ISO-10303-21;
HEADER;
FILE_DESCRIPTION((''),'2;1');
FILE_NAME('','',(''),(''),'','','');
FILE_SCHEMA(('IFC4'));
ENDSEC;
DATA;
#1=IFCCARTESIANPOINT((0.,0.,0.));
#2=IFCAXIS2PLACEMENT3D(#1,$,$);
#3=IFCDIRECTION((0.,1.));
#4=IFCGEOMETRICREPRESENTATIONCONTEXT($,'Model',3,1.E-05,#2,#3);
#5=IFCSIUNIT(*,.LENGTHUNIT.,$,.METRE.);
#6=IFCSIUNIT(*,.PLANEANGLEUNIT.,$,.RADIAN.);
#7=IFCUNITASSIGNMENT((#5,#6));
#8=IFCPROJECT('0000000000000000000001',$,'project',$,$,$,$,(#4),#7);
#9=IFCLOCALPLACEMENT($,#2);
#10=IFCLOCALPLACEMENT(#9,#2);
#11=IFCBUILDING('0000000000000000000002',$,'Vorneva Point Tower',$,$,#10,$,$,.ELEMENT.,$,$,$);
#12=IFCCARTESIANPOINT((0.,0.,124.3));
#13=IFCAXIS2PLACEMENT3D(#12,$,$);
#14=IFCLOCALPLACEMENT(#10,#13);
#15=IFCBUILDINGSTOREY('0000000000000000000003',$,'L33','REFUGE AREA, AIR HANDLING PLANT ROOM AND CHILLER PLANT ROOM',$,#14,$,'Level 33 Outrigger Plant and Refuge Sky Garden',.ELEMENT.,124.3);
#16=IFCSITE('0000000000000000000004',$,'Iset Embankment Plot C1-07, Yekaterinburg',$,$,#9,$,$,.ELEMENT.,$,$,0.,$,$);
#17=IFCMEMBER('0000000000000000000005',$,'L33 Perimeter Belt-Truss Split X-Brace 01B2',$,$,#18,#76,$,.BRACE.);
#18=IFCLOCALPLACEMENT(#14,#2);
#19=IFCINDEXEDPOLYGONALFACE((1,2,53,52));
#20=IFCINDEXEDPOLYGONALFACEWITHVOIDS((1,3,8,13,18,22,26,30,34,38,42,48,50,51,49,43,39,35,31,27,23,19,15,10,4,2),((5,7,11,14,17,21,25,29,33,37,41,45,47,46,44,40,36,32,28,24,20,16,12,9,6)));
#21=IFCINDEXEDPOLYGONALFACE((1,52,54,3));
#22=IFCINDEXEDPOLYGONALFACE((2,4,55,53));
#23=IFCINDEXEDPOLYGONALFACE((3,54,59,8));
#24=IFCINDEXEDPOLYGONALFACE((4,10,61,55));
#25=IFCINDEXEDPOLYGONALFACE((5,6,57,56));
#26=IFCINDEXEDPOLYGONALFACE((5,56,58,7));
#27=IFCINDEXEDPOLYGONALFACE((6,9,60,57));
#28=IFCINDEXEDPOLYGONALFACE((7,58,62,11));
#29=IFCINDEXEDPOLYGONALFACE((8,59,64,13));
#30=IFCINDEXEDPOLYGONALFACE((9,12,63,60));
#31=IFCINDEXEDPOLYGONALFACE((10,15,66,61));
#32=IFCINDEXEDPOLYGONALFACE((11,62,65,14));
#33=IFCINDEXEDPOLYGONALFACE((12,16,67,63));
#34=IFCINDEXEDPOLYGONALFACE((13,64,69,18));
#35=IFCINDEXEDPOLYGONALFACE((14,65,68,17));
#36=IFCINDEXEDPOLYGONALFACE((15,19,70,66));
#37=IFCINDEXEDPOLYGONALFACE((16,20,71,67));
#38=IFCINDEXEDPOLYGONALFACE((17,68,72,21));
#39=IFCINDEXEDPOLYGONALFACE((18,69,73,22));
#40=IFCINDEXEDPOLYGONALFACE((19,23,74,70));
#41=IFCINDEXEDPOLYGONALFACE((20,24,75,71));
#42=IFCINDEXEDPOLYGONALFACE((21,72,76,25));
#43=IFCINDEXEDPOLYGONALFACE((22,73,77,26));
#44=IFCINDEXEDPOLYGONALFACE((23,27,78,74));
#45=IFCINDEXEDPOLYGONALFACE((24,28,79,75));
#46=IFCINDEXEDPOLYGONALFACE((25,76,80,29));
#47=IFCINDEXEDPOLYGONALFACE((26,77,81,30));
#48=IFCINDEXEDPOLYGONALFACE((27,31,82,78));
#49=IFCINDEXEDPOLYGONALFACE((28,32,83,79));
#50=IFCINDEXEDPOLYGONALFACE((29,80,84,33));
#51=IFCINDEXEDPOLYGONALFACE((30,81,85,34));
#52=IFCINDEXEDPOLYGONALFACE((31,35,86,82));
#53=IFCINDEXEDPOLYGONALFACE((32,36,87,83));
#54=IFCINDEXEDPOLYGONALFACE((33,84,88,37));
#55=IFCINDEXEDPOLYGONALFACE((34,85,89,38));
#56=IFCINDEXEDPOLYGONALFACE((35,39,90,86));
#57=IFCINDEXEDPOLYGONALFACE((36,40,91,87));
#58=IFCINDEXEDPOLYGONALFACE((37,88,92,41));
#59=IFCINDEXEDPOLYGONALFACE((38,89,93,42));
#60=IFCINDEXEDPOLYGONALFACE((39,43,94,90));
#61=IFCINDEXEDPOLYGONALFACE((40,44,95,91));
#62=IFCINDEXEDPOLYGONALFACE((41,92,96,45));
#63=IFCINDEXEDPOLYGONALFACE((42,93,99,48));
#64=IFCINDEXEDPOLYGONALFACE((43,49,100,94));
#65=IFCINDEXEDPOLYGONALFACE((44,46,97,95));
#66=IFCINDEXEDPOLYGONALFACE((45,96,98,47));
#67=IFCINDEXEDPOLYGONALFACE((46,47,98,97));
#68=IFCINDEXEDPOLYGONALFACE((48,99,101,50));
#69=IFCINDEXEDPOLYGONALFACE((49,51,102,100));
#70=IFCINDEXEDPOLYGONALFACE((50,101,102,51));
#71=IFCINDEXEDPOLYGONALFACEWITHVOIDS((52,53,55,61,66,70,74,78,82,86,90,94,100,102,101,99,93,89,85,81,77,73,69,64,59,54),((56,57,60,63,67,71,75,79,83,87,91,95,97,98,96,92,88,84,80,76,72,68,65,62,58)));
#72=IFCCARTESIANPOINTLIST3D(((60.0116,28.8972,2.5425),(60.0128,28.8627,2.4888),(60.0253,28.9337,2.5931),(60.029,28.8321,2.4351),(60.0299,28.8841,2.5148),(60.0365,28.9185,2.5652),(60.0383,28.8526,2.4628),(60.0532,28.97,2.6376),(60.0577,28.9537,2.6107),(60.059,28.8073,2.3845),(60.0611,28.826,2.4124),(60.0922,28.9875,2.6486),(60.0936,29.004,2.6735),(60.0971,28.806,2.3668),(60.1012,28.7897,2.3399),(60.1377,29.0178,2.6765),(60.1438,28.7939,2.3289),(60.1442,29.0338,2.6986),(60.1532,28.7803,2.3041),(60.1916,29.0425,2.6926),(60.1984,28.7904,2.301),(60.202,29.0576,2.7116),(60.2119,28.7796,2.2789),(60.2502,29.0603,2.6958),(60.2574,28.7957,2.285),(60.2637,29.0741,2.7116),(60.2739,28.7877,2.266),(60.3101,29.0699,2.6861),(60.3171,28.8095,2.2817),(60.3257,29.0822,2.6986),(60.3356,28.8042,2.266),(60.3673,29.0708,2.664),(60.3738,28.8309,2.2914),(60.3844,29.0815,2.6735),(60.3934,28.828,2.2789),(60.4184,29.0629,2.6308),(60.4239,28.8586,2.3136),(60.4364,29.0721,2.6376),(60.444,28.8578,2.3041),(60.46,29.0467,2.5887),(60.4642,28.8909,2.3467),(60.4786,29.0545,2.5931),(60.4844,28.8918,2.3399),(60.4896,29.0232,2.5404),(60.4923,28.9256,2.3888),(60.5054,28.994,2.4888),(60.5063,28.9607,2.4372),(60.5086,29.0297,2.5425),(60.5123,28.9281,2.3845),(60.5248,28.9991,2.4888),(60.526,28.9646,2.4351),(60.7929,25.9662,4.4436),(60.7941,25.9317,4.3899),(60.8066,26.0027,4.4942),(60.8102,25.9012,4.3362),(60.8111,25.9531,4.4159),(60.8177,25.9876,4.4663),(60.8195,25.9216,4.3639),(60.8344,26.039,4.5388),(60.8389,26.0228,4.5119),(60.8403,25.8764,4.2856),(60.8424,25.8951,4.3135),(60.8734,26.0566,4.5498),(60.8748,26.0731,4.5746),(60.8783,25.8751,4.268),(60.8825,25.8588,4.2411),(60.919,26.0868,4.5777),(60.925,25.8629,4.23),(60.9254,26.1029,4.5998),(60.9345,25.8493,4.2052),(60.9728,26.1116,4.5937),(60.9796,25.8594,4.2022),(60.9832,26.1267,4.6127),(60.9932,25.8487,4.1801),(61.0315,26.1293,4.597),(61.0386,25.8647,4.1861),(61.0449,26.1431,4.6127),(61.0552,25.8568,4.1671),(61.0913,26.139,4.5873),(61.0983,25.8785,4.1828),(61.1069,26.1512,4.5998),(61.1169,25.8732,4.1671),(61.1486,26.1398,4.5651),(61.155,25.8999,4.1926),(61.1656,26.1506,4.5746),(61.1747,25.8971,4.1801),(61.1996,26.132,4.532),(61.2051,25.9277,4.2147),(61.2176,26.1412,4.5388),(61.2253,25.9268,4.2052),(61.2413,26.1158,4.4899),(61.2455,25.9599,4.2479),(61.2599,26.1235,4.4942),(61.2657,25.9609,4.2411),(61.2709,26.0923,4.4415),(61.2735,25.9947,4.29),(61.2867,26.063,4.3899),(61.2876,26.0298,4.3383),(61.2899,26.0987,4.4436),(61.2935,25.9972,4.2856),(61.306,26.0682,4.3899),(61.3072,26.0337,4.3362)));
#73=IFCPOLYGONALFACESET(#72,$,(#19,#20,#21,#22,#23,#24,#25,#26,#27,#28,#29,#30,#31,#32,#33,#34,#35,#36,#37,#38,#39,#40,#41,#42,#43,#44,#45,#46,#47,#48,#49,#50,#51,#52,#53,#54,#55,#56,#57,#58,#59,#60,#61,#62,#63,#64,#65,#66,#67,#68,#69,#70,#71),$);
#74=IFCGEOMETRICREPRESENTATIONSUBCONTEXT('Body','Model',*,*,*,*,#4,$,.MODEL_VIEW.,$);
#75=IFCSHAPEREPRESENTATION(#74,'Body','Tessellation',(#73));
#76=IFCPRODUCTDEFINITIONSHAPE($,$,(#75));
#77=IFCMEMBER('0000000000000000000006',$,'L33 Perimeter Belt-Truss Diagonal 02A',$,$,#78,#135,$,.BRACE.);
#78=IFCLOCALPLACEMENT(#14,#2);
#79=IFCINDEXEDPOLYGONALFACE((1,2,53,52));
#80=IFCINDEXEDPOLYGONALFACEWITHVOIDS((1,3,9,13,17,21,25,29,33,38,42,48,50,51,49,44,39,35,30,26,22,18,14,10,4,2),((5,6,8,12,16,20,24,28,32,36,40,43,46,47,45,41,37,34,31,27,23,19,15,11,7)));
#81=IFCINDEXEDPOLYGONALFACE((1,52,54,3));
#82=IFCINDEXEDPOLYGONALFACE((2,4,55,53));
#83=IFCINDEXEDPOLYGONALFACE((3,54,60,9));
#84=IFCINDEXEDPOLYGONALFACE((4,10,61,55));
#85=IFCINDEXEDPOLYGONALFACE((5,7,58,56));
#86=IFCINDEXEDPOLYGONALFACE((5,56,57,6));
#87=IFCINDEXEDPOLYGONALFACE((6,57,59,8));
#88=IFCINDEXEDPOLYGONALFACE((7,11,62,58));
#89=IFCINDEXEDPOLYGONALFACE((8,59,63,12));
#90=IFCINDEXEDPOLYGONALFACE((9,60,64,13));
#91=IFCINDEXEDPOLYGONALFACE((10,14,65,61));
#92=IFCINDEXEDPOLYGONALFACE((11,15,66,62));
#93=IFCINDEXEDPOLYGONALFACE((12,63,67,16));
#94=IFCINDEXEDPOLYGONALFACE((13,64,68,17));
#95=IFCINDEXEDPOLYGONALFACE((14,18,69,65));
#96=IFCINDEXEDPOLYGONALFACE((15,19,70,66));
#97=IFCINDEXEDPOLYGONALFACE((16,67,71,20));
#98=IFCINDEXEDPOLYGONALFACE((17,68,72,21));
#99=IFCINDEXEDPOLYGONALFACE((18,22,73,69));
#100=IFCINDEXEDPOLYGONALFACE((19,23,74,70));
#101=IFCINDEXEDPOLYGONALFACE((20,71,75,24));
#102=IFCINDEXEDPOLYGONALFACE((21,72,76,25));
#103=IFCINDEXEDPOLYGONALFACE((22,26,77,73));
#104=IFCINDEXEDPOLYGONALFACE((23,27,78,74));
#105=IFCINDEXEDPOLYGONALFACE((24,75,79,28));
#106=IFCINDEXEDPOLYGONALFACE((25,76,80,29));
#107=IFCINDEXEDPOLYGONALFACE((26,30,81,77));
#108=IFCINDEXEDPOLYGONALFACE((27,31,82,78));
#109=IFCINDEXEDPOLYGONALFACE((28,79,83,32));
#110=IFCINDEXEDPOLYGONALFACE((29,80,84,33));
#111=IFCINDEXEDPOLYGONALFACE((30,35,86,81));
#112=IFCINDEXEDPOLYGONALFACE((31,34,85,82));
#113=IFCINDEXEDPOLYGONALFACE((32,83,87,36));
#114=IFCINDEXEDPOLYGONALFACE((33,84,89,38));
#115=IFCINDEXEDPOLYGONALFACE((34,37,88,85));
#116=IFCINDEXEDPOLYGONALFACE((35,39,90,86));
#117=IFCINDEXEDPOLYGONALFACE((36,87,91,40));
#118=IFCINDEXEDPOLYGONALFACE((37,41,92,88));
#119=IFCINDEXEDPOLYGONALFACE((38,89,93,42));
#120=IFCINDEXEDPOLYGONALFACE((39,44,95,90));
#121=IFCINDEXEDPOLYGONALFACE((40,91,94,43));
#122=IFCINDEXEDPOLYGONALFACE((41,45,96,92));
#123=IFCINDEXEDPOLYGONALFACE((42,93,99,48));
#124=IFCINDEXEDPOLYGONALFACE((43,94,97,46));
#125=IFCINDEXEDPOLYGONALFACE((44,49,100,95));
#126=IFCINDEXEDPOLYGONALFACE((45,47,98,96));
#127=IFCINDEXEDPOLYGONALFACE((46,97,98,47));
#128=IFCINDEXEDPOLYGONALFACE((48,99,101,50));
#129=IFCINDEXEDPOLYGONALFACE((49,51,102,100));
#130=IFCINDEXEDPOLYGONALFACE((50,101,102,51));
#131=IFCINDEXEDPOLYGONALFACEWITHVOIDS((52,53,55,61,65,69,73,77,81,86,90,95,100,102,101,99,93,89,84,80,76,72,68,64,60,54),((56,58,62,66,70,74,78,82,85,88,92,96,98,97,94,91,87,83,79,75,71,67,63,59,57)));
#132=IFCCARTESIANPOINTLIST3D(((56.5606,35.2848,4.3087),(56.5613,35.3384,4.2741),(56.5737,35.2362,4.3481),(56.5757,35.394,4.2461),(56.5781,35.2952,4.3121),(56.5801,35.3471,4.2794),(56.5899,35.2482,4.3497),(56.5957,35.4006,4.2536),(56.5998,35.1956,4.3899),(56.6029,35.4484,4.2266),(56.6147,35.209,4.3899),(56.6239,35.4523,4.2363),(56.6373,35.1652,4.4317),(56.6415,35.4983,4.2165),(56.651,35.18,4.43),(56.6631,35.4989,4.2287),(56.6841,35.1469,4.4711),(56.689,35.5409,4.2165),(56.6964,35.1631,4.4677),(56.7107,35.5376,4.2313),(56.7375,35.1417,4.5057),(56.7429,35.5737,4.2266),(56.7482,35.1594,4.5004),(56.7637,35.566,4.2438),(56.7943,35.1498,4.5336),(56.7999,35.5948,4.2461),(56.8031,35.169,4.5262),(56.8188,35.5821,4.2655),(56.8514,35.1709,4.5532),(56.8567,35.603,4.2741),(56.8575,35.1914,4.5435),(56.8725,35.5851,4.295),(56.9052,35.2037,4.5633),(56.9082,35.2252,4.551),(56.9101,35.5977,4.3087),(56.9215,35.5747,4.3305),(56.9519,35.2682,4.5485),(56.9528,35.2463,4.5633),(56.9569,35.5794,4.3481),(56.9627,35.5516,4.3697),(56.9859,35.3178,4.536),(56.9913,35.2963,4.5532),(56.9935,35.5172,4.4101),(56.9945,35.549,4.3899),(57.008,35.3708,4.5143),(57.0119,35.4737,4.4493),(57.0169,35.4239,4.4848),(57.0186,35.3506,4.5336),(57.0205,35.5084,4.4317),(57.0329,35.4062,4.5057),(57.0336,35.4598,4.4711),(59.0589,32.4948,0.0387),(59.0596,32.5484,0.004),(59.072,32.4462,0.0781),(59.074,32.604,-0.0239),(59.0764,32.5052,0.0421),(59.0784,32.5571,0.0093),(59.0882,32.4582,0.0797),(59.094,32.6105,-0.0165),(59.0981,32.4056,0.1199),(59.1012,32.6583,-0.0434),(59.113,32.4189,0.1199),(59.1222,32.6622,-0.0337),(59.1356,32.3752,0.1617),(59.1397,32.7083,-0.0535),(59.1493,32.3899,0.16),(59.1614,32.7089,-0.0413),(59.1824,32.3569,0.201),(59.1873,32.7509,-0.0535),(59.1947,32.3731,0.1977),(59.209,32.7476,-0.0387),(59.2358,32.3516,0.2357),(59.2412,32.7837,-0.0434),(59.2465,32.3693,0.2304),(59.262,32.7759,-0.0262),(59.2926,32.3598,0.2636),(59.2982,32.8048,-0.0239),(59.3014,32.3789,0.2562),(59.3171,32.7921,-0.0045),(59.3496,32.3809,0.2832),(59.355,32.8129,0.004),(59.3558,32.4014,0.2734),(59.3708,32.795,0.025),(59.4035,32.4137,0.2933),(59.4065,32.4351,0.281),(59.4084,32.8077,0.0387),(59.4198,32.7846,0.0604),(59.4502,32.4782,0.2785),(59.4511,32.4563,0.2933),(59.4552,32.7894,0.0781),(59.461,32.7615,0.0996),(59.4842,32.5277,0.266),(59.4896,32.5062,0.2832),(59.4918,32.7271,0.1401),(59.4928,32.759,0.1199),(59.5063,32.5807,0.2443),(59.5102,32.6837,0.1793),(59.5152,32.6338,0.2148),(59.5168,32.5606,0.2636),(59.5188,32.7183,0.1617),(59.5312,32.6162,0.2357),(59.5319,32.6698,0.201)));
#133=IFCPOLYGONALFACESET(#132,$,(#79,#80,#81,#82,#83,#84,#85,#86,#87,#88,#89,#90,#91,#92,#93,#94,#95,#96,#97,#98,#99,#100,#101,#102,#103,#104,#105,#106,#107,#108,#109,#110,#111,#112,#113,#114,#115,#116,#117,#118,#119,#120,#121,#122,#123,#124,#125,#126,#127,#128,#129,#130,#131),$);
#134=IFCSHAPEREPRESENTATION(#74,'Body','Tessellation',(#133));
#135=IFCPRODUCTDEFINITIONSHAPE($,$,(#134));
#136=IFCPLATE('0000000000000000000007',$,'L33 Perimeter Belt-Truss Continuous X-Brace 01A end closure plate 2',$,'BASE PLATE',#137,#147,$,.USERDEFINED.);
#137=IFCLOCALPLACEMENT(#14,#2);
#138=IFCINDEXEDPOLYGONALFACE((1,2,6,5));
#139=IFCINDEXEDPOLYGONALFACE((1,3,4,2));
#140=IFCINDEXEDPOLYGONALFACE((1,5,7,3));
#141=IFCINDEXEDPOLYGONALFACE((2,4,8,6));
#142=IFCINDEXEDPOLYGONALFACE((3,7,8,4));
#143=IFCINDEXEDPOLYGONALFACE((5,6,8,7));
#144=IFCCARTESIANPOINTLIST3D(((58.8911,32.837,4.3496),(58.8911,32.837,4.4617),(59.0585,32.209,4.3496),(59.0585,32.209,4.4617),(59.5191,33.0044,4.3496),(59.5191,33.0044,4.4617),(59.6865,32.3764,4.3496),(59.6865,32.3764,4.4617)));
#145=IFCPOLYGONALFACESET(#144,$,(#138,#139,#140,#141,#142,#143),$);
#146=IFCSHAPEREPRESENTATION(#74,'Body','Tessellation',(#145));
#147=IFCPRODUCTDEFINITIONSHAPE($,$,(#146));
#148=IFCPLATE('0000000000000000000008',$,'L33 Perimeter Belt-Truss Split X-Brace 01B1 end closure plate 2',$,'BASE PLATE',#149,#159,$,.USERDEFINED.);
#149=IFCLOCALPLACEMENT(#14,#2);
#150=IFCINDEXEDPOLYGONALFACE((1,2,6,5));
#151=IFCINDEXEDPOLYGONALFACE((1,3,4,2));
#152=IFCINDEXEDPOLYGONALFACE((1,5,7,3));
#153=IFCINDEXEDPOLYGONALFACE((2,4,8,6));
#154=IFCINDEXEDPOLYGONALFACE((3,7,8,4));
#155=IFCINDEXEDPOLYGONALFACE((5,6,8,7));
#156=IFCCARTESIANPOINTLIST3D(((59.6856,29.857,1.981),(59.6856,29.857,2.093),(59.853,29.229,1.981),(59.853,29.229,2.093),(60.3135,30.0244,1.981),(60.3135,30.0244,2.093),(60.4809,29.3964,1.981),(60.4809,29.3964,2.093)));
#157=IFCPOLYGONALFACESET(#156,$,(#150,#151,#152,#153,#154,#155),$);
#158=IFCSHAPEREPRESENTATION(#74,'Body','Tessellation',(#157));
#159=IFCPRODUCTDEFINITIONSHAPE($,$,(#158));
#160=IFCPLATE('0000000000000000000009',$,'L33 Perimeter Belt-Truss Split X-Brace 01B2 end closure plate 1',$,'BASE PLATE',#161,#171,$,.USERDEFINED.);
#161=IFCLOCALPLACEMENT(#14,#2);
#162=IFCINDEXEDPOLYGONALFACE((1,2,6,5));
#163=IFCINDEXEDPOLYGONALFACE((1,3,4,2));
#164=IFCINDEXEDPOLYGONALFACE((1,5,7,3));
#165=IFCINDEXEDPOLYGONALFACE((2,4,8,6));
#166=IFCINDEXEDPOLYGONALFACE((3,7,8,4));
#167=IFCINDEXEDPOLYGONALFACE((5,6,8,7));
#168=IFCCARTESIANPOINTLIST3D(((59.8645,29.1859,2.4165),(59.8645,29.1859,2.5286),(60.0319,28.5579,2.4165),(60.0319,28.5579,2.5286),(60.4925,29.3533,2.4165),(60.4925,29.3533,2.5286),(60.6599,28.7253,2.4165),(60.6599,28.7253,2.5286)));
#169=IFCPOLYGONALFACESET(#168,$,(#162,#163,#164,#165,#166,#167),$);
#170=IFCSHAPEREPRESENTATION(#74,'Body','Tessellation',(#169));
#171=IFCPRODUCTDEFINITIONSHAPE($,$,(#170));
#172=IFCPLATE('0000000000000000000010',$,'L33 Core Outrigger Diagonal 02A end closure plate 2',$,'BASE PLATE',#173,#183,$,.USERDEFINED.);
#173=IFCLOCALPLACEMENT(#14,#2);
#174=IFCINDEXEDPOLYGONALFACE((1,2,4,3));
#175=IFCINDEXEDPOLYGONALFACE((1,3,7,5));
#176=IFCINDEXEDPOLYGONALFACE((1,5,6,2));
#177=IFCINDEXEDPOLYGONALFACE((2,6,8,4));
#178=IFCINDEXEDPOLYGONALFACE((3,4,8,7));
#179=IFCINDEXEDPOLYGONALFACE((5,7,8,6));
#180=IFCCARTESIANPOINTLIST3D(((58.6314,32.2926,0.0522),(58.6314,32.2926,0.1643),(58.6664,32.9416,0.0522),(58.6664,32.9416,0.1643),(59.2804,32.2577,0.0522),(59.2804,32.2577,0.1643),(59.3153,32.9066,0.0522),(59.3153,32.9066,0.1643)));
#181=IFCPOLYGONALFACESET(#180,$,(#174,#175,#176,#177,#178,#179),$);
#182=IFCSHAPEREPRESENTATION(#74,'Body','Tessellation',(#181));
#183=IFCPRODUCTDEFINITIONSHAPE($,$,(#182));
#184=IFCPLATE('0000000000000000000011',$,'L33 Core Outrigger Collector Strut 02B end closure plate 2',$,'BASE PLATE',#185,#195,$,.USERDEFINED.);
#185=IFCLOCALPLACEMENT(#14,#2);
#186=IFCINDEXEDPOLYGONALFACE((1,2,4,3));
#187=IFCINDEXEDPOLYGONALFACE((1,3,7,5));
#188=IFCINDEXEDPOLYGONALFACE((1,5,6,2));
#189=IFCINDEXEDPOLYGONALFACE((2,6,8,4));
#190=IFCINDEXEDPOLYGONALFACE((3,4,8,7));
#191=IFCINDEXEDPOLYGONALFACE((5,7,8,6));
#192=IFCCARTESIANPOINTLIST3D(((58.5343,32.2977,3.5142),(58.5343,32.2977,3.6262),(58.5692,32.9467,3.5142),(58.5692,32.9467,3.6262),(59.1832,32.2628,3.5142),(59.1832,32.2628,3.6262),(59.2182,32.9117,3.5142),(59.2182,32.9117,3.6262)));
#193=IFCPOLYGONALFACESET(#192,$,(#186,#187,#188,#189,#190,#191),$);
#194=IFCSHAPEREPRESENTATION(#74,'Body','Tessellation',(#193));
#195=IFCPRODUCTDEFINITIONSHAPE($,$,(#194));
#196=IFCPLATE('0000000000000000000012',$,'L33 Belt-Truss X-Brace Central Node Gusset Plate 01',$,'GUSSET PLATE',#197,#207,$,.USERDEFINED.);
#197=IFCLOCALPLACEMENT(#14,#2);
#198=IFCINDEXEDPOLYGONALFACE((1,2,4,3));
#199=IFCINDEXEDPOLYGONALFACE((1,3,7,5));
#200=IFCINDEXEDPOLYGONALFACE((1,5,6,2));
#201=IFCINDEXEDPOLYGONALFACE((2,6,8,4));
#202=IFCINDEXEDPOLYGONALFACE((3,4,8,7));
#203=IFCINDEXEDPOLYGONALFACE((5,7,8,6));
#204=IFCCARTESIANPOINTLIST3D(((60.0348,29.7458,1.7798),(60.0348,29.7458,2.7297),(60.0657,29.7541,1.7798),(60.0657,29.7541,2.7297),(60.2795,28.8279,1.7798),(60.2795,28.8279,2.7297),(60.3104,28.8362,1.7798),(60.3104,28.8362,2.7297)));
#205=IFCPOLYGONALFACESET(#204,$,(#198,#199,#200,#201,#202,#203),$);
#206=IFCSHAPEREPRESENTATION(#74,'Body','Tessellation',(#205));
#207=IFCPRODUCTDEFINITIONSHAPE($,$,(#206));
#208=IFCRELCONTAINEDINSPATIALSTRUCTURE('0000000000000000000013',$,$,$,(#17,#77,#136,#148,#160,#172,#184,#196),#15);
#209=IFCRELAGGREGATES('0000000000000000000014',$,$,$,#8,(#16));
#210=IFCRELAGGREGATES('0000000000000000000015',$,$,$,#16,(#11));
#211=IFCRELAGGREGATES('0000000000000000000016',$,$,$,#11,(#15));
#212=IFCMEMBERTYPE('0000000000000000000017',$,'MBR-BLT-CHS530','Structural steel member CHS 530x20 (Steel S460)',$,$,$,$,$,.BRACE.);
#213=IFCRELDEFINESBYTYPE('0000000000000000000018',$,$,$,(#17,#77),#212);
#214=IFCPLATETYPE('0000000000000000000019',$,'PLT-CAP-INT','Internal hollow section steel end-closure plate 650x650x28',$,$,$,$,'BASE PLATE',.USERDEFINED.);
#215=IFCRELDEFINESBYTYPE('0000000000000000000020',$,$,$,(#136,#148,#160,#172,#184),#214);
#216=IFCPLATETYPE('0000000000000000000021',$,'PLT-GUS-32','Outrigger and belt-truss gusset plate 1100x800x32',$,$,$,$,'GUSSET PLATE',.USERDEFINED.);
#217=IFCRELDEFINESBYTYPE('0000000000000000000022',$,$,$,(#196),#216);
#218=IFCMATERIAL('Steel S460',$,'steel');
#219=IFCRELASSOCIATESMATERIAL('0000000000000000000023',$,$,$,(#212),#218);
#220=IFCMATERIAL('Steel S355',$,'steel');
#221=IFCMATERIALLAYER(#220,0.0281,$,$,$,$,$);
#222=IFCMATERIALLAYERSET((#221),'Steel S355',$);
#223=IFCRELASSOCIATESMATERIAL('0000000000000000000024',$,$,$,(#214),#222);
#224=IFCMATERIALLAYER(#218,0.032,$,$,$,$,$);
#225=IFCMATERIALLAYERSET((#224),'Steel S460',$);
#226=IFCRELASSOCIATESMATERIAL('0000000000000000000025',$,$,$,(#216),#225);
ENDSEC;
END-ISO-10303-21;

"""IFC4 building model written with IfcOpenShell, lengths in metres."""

from ifc_helpers import new_model, si_unit, direction, frame, origin, origin_2d, place, context, subcontext, project, spatial, rectangle, hollow_circle, extrude, material, layer, layer_set, material_profile, profile_set, type_object, element, save


model = new_model("IFC4")

# Units and contexts
model_context = context("Model", 3, precision=1e-05, world=origin(), true_north=direction((0.0, 1.0)))
body_context = subcontext(model_context, "Body", "Model", "MODEL_VIEW")
ifc_project = project(units=[si_unit("LENGTHUNIT", "METRE"), si_unit("PLANEANGLEUNIT", "RADIAN")], contexts=[model_context])

# Site, building, storey
site_placement = place(None, origin())
site = spatial("IfcSite", under=ifc_project, at=site_placement, Name="Iset Embankment Plot C1-07, Yekaterinburg", CompositionType="ELEMENT", RefElevation=0.0)
building_placement = place(site_placement, origin())
building = spatial("IfcBuilding", under=site, at=building_placement, Name="Vorneva Point Tower", CompositionType="ELEMENT")
storey_placement = place(building_placement, frame((0.0, 0.0, 124.3)))
storey = spatial("IfcBuildingStorey", under=building, at=storey_placement, Name="L33", Description="REFUGE AREA, AIR HANDLING PLANT ROOM AND CHILLER PLANT ROOM", LongName="Level 33 Outrigger Plant and Refuge Sky Garden", CompositionType="ELEMENT", Elevation=124.3)

# Shared definitions
ifc_material_1 = material(Name="Steel S460", Category="steel")
ifc_material_2 = material(Name="Steel S355", Category="steel")

# Members
ifc_material_profile_1 = material_profile(ifc_material_1, hollow_circle(Radius=0.2649, WallThickness=0.02, at=origin_2d()), Name="CHS 530x20")
ifc_profile_set_1 = profile_set([ifc_material_profile_1], Name="Steel S460")
member_type = type_object("IfcMemberType", Name="MBR-BLT-CHS530", Description="Structural steel member CHS 530x20 (Steel S460)", PredefinedType="BRACE", material=ifc_profile_set_1)
for number, where, z_axis, x_axis, name in (
    (1, (60.2688, 28.9309, 2.4888), (0.21824, -0.818739, 0.531072), (0.966262, 0.257562, 0.0), "L33 Perimeter Belt-Truss Split X-Brace 01B2"),
):
    element("IfcMember", number, at=place(storey_placement, frame(where, z_axis=z_axis, x_axis=x_axis)), inside=storey, type_object=member_type, Name=name, PredefinedType="BRACE", context=body_context, shape_type="SweptSolid", body=[
        extrude(hollow_circle(Radius=0.2649, WallThickness=0.02, at=origin_2d()), origin(), (0.0, 0.0, 1.0), 3.5798),
    ])
member_placement = place(storey_placement, frame((59.2954, 32.5823, 0.1199), z_axis=(-0.439864, 0.491231, 0.751805), x_axis=(-0.744984, -0.667083, 0.0)))
element("IfcMember", 2, at=member_placement, inside=storey, type_object=member_type, Name="L33 Perimeter Belt-Truss Diagonal 02A", PredefinedType="BRACE", context=body_context, shape_type="SweptSolid", body=[
    extrude(hollow_circle(Radius=0.2649, WallThickness=0.02, at=origin_2d()), origin(), (0.0, 0.0, 1.0), 5.6797),
])

# Plates
ifc_layer_1 = layer(ifc_material_2, 0.0281)
ifc_layer_set_1 = layer_set([ifc_layer_1], Name="Steel S355")
plate_type_1 = type_object("IfcPlateType", Name="PLT-CAP-INT", Description="Internal hollow section steel end-closure plate 650x650x28", ElementType="BASE PLATE", PredefinedType="USERDEFINED", material=ifc_layer_set_1)
for number, where, z_axis, x_axis, name in (
    (3, (59.2888, 32.6067, 4.3496), (0.0, 0.0, 1.0), (-0.257571, 0.966259, 0.0), "L33 Perimeter Belt-Truss Continuous X-Brace 01A end closure plate 2"),
    (4, (60.0833, 29.6267, 1.981), (0.0, 0.0, 1.0), (0.257571, -0.966259, 0.0), "L33 Perimeter Belt-Truss Split X-Brace 01B1 end closure plate 2"),
    (5, (60.2622, 28.9556, 2.4165), (0.0, 0.0, 1.0), (0.257571, -0.966259, 0.0), "L33 Perimeter Belt-Truss Split X-Brace 01B2 end closure plate 1"),
    (6, (58.9734, 32.5996, 0.0522), (0.0, 0.0, 1.0), (0.998554, -0.053765, 0.0), "L33 Core Outrigger Diagonal 02A end closure plate 2"),
    (7, (58.8762, 32.6047, 3.5142), (0.0, 0.0, 1.0), (0.998554, -0.053765, 0.0), "L33 Core Outrigger Collector Strut 02B end closure plate 2"),
):
    element("IfcPlate", number, at=place(storey_placement, frame(where, z_axis=z_axis, x_axis=x_axis)), inside=storey, type_object=plate_type_1, Name=name, ObjectType="BASE PLATE", PredefinedType="USERDEFINED", context=body_context, shape_type="SweptSolid", body=[
        extrude(rectangle(XDim=0.6499, YDim=0.6499, at=origin_2d()), origin(), (0.0, 0.0, 1.0), 0.1121),
    ])
ifc_layer_2 = layer(ifc_material_1, 0.032)
ifc_layer_set_2 = layer_set([ifc_layer_2], Name="Steel S460")
plate_type_2 = type_object("IfcPlateType", Name="PLT-GUS-32", Description="Outrigger and belt-truss gusset plate 1100x800x32", ElementType="GUSSET PLATE", PredefinedType="USERDEFINED", material=ifc_layer_set_2)
plate_1_placement = place(storey_placement, frame((60.1726, 29.291, 1.7798), z_axis=(0.0, 0.0, 1.0), x_axis=(-0.257571, 0.966259, 0.0)))
element("IfcPlate", 8, at=plate_1_placement, inside=storey, type_object=plate_type_2, Name="L33 Belt-Truss X-Brace Central Node Gusset Plate 01", ObjectType="GUSSET PLATE", PredefinedType="USERDEFINED", context=body_context, shape_type="SweptSolid", body=[
    extrude(rectangle(XDim=0.95, YDim=0.032, at=origin_2d()), origin(), (0.0, 0.0, 1.0), 0.95),
])

save(model, "model.ifc")
